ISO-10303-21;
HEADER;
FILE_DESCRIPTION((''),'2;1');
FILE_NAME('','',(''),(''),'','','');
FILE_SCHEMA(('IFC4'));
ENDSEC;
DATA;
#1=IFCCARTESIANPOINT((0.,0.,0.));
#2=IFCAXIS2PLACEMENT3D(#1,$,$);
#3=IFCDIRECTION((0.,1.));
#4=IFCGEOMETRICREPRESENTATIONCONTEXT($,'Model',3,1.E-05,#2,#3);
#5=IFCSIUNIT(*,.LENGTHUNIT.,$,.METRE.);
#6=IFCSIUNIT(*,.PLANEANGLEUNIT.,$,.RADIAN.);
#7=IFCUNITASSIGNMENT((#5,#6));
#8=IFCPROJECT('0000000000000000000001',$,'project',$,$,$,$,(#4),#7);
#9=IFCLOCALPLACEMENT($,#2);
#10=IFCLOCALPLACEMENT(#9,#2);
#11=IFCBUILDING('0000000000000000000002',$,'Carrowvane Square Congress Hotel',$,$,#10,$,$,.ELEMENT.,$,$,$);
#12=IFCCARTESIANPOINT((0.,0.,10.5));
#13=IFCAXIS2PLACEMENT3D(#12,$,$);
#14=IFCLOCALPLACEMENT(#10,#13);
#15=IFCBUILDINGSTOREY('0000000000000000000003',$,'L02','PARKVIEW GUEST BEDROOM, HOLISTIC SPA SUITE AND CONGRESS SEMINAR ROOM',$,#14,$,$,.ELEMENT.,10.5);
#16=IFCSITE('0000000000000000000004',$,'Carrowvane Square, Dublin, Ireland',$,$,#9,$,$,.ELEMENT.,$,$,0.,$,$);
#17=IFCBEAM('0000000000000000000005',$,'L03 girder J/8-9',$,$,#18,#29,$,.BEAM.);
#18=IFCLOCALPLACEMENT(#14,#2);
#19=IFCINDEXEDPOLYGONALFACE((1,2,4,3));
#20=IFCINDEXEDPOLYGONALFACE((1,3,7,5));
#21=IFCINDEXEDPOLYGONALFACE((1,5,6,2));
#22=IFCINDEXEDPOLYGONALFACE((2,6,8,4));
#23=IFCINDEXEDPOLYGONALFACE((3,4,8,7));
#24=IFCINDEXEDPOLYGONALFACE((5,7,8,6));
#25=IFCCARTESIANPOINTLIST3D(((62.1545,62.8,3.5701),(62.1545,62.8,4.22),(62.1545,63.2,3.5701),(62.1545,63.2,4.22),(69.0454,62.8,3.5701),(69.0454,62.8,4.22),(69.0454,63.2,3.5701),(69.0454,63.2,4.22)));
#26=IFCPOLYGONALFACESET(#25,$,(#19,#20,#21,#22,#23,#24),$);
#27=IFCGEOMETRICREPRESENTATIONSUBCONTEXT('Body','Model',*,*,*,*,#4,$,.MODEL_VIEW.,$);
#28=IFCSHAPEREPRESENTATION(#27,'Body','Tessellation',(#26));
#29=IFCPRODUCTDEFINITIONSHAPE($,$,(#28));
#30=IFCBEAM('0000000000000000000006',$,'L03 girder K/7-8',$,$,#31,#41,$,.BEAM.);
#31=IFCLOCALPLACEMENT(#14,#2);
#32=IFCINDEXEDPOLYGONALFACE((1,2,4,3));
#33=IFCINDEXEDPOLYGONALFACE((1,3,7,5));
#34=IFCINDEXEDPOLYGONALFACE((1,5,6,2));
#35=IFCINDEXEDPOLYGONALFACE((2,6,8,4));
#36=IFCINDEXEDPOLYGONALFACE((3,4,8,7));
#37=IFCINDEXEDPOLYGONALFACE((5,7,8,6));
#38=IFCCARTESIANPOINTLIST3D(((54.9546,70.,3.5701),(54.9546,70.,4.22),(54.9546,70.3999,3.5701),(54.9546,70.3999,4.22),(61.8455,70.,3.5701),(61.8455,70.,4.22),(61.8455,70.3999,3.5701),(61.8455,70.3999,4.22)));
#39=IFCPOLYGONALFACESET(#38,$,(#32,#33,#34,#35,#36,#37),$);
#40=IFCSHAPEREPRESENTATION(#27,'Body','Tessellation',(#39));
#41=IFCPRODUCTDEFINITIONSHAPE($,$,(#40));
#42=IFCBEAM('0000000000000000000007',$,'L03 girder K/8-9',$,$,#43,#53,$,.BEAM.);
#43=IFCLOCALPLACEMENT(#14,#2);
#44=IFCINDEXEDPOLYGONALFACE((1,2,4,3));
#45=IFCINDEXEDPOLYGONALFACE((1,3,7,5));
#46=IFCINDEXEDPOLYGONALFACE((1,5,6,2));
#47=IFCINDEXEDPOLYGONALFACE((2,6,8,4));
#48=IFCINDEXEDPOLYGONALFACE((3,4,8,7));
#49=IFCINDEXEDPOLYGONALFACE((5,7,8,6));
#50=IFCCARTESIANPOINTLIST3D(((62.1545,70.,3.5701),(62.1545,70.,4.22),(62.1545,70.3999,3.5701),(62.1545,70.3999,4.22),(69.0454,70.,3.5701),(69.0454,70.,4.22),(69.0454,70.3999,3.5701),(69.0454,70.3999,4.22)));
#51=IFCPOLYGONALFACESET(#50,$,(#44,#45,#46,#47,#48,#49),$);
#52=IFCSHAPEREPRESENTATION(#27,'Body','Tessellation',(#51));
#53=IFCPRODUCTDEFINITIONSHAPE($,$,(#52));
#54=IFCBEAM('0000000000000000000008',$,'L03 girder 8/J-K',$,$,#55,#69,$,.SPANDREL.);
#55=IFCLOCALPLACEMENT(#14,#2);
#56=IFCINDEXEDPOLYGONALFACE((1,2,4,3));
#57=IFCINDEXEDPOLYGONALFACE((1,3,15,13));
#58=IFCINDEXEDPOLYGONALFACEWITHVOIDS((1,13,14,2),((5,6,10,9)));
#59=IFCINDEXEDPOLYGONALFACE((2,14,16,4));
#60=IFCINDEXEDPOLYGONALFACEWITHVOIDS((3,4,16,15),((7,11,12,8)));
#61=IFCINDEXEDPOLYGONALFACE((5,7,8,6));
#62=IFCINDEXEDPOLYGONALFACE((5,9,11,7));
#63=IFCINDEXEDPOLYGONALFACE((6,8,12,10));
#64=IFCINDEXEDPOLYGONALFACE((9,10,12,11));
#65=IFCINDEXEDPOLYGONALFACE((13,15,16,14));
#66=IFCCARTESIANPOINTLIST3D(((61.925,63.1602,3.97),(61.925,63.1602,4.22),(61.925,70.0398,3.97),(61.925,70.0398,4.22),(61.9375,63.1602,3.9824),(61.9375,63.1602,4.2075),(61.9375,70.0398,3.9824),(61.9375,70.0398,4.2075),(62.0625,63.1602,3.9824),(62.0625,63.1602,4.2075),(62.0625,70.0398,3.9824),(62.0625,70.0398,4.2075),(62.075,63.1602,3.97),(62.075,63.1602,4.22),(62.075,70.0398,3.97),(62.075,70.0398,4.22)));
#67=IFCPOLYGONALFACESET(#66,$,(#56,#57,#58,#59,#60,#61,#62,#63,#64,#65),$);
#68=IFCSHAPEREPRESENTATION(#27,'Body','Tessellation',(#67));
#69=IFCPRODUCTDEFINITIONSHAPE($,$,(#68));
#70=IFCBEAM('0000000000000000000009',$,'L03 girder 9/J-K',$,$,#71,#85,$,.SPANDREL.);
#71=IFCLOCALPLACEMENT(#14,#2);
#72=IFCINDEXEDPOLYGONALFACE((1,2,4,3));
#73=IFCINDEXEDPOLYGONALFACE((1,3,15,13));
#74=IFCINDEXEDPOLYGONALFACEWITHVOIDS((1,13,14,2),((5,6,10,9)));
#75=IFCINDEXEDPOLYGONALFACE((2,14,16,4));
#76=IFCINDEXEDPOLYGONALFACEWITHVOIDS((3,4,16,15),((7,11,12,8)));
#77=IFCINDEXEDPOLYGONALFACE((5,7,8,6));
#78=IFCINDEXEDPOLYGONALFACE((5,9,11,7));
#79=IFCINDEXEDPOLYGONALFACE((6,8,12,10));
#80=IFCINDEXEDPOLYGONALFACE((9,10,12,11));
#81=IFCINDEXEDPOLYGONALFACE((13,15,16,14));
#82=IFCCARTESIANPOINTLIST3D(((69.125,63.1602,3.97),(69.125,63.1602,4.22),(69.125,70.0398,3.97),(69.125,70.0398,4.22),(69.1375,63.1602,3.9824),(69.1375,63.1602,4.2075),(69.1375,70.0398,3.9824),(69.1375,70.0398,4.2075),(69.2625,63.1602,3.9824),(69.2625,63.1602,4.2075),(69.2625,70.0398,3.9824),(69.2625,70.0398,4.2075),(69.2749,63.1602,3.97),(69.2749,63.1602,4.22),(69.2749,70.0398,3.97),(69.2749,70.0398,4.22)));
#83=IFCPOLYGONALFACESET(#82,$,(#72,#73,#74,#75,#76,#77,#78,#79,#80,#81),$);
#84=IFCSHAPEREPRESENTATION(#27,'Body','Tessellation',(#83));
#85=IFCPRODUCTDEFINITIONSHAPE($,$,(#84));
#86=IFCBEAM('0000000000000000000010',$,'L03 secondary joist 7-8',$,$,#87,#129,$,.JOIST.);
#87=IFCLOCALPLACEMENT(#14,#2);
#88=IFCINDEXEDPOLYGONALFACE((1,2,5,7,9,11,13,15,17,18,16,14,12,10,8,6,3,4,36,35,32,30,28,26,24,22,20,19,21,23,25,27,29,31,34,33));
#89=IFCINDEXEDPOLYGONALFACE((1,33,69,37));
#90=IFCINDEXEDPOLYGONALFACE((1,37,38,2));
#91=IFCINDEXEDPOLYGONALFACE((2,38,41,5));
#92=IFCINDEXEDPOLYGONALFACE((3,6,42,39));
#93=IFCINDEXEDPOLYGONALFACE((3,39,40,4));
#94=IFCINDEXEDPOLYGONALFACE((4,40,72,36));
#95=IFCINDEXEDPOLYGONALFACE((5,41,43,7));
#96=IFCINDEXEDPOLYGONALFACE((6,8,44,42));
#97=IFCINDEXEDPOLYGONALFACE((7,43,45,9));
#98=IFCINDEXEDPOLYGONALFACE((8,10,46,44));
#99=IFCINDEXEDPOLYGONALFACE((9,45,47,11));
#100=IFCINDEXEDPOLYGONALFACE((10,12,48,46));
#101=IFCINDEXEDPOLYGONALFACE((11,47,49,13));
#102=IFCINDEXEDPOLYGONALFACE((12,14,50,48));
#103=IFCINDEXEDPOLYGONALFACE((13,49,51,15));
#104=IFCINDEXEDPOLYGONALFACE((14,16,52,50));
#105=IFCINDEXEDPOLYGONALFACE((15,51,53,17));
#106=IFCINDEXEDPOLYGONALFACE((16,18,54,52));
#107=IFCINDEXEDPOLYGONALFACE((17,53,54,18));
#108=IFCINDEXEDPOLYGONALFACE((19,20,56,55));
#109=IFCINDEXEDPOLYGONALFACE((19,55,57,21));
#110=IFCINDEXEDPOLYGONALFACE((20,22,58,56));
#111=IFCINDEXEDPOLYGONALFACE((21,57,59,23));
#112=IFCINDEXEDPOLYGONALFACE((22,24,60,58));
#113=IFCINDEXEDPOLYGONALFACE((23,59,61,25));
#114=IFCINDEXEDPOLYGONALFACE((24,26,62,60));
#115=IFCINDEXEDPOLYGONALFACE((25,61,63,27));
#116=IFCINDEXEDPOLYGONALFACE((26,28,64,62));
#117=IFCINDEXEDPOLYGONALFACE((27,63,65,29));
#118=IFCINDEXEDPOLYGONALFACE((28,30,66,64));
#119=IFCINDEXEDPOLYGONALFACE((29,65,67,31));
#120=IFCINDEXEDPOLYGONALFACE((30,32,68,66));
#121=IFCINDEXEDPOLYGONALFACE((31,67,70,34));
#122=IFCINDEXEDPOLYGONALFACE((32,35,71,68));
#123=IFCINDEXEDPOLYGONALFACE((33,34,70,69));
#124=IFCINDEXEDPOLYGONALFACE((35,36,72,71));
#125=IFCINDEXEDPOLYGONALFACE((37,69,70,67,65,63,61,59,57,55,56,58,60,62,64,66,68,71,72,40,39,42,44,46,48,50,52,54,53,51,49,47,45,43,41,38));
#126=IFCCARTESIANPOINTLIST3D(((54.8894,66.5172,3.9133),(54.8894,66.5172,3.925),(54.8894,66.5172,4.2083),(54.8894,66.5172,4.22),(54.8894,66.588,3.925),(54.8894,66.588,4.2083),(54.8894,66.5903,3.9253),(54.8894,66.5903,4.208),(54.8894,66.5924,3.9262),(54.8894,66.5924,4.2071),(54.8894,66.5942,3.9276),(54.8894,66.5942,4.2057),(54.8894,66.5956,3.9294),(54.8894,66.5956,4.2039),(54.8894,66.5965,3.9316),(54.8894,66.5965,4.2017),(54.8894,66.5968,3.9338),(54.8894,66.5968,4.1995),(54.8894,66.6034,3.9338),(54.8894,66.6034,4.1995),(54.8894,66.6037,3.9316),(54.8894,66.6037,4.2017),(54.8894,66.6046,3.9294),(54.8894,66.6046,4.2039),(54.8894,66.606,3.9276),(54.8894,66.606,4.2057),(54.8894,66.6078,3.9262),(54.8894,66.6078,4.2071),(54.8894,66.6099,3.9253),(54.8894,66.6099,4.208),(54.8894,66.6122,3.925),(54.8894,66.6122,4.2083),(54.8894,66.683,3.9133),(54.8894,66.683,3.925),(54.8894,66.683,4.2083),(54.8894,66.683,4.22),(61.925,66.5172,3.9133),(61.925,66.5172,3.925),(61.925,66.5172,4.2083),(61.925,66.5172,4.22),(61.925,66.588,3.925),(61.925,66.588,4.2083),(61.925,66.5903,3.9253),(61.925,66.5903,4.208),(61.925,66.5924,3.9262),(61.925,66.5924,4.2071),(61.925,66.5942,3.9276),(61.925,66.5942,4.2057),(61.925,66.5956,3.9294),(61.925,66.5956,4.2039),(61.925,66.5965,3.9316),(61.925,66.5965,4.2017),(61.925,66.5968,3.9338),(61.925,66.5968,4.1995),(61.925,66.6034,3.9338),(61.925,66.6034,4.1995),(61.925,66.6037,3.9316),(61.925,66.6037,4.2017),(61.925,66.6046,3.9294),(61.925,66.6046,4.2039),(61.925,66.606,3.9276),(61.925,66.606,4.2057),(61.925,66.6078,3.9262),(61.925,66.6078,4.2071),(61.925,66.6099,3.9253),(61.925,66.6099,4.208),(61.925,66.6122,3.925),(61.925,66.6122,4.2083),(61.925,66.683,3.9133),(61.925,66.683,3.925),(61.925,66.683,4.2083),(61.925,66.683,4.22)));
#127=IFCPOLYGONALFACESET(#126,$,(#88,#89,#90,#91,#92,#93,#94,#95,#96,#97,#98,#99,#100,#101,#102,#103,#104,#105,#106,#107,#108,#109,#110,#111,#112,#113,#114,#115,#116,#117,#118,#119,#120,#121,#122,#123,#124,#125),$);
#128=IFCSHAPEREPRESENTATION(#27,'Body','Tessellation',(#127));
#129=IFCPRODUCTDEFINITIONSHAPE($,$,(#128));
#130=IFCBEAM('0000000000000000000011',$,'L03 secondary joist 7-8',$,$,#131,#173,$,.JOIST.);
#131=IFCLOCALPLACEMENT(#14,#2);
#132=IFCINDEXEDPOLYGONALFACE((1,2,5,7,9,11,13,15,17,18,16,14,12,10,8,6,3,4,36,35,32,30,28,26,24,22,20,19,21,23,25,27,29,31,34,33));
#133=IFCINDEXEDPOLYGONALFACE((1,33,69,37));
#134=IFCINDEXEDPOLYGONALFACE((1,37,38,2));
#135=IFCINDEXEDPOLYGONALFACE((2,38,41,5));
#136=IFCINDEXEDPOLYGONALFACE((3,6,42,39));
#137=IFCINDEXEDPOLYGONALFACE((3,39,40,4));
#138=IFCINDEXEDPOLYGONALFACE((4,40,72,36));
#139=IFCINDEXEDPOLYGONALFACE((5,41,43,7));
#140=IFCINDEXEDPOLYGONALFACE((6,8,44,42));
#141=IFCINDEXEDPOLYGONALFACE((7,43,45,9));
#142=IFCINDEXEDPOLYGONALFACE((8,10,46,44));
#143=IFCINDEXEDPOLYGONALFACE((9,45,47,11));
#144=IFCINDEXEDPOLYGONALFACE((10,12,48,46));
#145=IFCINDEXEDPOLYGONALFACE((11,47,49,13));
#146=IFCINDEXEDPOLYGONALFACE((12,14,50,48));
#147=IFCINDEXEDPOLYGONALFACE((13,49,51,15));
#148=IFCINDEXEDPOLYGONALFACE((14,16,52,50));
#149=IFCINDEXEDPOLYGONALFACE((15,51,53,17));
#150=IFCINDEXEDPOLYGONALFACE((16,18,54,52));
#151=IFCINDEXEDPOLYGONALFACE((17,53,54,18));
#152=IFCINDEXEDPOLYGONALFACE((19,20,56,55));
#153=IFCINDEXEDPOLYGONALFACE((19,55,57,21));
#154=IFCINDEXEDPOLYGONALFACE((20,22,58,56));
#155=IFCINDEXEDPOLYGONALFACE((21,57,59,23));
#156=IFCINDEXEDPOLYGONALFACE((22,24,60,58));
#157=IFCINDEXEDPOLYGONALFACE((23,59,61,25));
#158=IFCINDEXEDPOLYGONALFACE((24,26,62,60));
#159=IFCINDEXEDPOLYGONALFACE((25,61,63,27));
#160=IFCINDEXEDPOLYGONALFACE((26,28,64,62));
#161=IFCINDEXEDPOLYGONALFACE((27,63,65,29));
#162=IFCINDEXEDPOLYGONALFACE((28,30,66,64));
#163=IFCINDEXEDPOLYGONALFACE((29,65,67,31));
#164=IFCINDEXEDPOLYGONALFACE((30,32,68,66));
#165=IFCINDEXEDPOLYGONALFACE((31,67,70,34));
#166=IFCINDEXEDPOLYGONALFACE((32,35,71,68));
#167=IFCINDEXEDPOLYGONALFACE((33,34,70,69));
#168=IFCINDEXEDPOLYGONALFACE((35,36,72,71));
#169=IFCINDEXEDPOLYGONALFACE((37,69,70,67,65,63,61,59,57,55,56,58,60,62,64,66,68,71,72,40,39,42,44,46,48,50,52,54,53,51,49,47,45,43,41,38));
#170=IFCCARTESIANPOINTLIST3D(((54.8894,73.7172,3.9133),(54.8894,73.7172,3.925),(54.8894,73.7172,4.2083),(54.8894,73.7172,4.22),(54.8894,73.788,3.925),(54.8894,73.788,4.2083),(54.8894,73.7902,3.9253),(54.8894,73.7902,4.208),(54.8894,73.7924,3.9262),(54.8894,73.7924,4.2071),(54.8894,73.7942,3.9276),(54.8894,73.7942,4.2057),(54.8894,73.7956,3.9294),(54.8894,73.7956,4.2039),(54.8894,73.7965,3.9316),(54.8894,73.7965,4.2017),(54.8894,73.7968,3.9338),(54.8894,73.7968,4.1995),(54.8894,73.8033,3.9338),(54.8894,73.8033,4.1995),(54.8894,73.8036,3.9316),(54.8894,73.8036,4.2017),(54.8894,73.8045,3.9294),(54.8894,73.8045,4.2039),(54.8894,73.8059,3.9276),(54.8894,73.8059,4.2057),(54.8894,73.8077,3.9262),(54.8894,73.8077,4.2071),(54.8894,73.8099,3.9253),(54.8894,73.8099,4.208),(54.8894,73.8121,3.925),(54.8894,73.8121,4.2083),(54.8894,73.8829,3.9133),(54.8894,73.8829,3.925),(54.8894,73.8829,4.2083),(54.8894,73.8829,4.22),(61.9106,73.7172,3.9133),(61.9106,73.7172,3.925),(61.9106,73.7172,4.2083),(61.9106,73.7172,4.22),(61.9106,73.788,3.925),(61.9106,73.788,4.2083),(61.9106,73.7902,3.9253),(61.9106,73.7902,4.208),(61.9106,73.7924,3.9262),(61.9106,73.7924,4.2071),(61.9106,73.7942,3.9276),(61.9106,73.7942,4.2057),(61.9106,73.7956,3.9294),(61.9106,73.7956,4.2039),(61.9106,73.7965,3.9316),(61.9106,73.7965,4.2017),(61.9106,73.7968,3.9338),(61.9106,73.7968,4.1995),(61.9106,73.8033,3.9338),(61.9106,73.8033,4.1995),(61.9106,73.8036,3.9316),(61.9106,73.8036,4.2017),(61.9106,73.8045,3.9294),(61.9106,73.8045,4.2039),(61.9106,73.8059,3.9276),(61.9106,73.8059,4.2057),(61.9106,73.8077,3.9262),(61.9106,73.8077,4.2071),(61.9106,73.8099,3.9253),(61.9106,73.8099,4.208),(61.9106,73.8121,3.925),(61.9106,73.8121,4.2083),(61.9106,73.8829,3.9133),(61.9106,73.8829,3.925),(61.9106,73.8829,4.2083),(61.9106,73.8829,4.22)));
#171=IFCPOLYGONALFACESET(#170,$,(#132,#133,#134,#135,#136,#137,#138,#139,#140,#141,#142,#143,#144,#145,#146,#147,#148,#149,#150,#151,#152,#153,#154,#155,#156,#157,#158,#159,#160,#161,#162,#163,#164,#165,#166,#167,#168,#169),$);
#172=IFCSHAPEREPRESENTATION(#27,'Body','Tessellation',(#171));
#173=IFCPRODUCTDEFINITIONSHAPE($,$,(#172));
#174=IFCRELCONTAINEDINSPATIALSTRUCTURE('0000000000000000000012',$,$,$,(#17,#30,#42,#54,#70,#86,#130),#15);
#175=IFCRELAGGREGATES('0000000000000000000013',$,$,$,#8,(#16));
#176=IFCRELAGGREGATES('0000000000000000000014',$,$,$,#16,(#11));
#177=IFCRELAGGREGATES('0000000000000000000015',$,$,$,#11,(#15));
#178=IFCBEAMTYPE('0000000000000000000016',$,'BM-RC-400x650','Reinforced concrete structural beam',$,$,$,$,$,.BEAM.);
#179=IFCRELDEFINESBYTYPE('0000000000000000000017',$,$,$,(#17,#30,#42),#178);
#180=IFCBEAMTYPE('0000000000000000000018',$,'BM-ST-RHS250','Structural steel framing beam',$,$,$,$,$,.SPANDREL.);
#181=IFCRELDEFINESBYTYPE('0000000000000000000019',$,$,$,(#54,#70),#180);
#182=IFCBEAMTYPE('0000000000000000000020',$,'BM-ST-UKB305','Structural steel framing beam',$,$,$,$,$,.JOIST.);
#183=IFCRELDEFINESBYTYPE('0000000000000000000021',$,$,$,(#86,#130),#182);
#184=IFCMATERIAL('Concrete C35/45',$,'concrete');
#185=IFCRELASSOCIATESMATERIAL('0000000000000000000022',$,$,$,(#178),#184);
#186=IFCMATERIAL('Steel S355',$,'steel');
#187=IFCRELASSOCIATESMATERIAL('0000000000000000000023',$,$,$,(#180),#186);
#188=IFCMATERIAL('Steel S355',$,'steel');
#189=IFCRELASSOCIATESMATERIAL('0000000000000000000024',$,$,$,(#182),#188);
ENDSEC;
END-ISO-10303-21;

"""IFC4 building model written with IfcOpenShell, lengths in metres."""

from ifc_helpers import new_model, si_unit, direction, frame, origin, origin_2d, place, context, subcontext, project, spatial, rectangle, hollow_rectangle, i_section, extrude, material, material_profile, profile_set, type_object, element, save


model = new_model("IFC4")

# Units and contexts
model_context = context("Model", 3, precision=1e-05, world=origin(), true_north=direction((0.0, 1.0)))
body_context = subcontext(model_context, "Body", "Model", "MODEL_VIEW")
ifc_project = project(units=[si_unit("LENGTHUNIT", "METRE"), si_unit("PLANEANGLEUNIT", "RADIAN")], contexts=[model_context])

# Site, building, storey
site_placement = place(None, origin())
site = spatial("IfcSite", under=ifc_project, at=site_placement, Name="Carrowvane Square, Dublin, Ireland", CompositionType="ELEMENT", RefElevation=0.0)
building_placement = place(site_placement, origin())
building = spatial("IfcBuilding", under=site, at=building_placement, Name="Carrowvane Square Congress Hotel", CompositionType="ELEMENT")
storey_placement = place(building_placement, frame((0.0, 0.0, 10.5)))
storey = spatial("IfcBuildingStorey", under=building, at=storey_placement, Name="L02", Description="PARKVIEW GUEST BEDROOM, HOLISTIC SPA SUITE AND CONGRESS SEMINAR ROOM", CompositionType="ELEMENT", Elevation=10.5)

# Beams
ifc_material_1 = material(Name="Concrete C35/45", Category="concrete")
ifc_material_profile_1 = material_profile(ifc_material_1, rectangle(XDim=0.3999, YDim=0.6499, at=origin_2d()), Name="RC 400x650")
ifc_profile_set_1 = profile_set([ifc_material_profile_1], Name="Concrete C35/45")
beam_type_1 = type_object("IfcBeamType", Name="BM-RC-400x650", Description="Reinforced concrete structural beam", PredefinedType="BEAM", material=ifc_profile_set_1)
for number, where, z_axis, x_axis, name in (
    (1, (62.1545, 63.0, 3.895), (1.0, 0.0, 0.0), (0.0, 1.0, 0.0), "L03 girder J/8-9"),
    (2, (54.9546, 70.2, 3.895), (1.0, 0.0, 0.0), (0.0, 1.0, 0.0), "L03 girder K/7-8"),
    (3, (62.1545, 70.2, 3.895), (1.0, 0.0, 0.0), (0.0, 1.0, 0.0), "L03 girder K/8-9"),
):
    element("IfcBeam", number, at=place(storey_placement, frame(where, z_axis=z_axis, x_axis=x_axis)), inside=storey, type_object=beam_type_1, Name=name, PredefinedType="BEAM", context=body_context, shape_type="SweptSolid", body=[
        extrude(rectangle(XDim=0.3999, YDim=0.6499, at=origin_2d()), origin(), (0.0, 0.0, 1.0), 6.8909),
    ])
ifc_material_2 = material(Name="Steel S355", Category="steel")
ifc_material_profile_2 = material_profile(ifc_material_2, hollow_rectangle(XDim=0.1499, YDim=0.25, WallThickness=0.0125, at=origin_2d()), Name="RHS 250x150x12.5")
ifc_profile_set_2 = profile_set([ifc_material_profile_2], Name="Steel S355")
beam_type_2 = type_object("IfcBeamType", Name="BM-ST-RHS250", Description="Structural steel framing beam", PredefinedType="SPANDREL", material=ifc_profile_set_2)
for number, where, z_axis, x_axis, name in (
    (4, (62.0, 63.1602, 4.095), (0.0, 1.0, 0.0), (-1.0, 0.0, 0.0), "L03 girder 8/J-K"),
    (5, (69.2, 63.1602, 4.095), (0.0, 1.0, 0.0), (-1.0, 0.0, 0.0), "L03 girder 9/J-K"),
):
    element("IfcBeam", number, at=place(storey_placement, frame(where, z_axis=z_axis, x_axis=x_axis)), inside=storey, type_object=beam_type_2, Name=name, PredefinedType="SPANDREL", context=body_context, shape_type="SweptSolid", body=[
        extrude(hollow_rectangle(XDim=0.1499, YDim=0.25, WallThickness=0.0125, at=origin_2d()), origin(), (0.0, 0.0, 1.0), 6.8796),
    ])
ifc_material_3 = material(Name="Steel S355", Category="steel")
ifc_material_profile_3 = material_profile(ifc_material_3, i_section(OverallWidth=0.1658, OverallDepth=0.3066, WebThickness=0.0066, FlangeThickness=0.0117, FilletRadius=0.0088, at=origin_2d()), Name="UKB 305x165x46")
ifc_profile_set_3 = profile_set([ifc_material_profile_3], Name="Steel S355")
beam_type_3 = type_object("IfcBeamType", Name="BM-ST-UKB305", Description="Structural steel framing beam", PredefinedType="JOIST", material=ifc_profile_set_3)
beam_1_placement = place(storey_placement, frame((54.8894, 66.6001, 4.0667), z_axis=(1.0, 0.0, 0.0), x_axis=(0.0, 1.0, 0.0)))
element("IfcBeam", 6, at=beam_1_placement, inside=storey, type_object=beam_type_3, Name="L03 secondary joist 7-8", PredefinedType="JOIST", context=body_context, shape_type="SweptSolid", body=[
    extrude(i_section(OverallWidth=0.1658, OverallDepth=0.3066, WebThickness=0.0066, FlangeThickness=0.0117, FilletRadius=0.0088, at=origin_2d()), origin(), (0.0, 0.0, 1.0), 7.0356),
])
beam_2_placement = place(storey_placement, frame((54.8894, 73.8, 4.0667), z_axis=(1.0, 0.0, 0.0), x_axis=(0.0, 1.0, 0.0)))
element("IfcBeam", 7, at=beam_2_placement, inside=storey, type_object=beam_type_3, Name="L03 secondary joist 7-8", PredefinedType="JOIST", context=body_context, shape_type="SweptSolid", body=[
    extrude(i_section(OverallWidth=0.1658, OverallDepth=0.3066, WebThickness=0.0066, FlangeThickness=0.0117, FilletRadius=0.0088, at=origin_2d()), origin(), (0.0, 0.0, 1.0), 7.0212),
])

save(model, "model.ifc")
